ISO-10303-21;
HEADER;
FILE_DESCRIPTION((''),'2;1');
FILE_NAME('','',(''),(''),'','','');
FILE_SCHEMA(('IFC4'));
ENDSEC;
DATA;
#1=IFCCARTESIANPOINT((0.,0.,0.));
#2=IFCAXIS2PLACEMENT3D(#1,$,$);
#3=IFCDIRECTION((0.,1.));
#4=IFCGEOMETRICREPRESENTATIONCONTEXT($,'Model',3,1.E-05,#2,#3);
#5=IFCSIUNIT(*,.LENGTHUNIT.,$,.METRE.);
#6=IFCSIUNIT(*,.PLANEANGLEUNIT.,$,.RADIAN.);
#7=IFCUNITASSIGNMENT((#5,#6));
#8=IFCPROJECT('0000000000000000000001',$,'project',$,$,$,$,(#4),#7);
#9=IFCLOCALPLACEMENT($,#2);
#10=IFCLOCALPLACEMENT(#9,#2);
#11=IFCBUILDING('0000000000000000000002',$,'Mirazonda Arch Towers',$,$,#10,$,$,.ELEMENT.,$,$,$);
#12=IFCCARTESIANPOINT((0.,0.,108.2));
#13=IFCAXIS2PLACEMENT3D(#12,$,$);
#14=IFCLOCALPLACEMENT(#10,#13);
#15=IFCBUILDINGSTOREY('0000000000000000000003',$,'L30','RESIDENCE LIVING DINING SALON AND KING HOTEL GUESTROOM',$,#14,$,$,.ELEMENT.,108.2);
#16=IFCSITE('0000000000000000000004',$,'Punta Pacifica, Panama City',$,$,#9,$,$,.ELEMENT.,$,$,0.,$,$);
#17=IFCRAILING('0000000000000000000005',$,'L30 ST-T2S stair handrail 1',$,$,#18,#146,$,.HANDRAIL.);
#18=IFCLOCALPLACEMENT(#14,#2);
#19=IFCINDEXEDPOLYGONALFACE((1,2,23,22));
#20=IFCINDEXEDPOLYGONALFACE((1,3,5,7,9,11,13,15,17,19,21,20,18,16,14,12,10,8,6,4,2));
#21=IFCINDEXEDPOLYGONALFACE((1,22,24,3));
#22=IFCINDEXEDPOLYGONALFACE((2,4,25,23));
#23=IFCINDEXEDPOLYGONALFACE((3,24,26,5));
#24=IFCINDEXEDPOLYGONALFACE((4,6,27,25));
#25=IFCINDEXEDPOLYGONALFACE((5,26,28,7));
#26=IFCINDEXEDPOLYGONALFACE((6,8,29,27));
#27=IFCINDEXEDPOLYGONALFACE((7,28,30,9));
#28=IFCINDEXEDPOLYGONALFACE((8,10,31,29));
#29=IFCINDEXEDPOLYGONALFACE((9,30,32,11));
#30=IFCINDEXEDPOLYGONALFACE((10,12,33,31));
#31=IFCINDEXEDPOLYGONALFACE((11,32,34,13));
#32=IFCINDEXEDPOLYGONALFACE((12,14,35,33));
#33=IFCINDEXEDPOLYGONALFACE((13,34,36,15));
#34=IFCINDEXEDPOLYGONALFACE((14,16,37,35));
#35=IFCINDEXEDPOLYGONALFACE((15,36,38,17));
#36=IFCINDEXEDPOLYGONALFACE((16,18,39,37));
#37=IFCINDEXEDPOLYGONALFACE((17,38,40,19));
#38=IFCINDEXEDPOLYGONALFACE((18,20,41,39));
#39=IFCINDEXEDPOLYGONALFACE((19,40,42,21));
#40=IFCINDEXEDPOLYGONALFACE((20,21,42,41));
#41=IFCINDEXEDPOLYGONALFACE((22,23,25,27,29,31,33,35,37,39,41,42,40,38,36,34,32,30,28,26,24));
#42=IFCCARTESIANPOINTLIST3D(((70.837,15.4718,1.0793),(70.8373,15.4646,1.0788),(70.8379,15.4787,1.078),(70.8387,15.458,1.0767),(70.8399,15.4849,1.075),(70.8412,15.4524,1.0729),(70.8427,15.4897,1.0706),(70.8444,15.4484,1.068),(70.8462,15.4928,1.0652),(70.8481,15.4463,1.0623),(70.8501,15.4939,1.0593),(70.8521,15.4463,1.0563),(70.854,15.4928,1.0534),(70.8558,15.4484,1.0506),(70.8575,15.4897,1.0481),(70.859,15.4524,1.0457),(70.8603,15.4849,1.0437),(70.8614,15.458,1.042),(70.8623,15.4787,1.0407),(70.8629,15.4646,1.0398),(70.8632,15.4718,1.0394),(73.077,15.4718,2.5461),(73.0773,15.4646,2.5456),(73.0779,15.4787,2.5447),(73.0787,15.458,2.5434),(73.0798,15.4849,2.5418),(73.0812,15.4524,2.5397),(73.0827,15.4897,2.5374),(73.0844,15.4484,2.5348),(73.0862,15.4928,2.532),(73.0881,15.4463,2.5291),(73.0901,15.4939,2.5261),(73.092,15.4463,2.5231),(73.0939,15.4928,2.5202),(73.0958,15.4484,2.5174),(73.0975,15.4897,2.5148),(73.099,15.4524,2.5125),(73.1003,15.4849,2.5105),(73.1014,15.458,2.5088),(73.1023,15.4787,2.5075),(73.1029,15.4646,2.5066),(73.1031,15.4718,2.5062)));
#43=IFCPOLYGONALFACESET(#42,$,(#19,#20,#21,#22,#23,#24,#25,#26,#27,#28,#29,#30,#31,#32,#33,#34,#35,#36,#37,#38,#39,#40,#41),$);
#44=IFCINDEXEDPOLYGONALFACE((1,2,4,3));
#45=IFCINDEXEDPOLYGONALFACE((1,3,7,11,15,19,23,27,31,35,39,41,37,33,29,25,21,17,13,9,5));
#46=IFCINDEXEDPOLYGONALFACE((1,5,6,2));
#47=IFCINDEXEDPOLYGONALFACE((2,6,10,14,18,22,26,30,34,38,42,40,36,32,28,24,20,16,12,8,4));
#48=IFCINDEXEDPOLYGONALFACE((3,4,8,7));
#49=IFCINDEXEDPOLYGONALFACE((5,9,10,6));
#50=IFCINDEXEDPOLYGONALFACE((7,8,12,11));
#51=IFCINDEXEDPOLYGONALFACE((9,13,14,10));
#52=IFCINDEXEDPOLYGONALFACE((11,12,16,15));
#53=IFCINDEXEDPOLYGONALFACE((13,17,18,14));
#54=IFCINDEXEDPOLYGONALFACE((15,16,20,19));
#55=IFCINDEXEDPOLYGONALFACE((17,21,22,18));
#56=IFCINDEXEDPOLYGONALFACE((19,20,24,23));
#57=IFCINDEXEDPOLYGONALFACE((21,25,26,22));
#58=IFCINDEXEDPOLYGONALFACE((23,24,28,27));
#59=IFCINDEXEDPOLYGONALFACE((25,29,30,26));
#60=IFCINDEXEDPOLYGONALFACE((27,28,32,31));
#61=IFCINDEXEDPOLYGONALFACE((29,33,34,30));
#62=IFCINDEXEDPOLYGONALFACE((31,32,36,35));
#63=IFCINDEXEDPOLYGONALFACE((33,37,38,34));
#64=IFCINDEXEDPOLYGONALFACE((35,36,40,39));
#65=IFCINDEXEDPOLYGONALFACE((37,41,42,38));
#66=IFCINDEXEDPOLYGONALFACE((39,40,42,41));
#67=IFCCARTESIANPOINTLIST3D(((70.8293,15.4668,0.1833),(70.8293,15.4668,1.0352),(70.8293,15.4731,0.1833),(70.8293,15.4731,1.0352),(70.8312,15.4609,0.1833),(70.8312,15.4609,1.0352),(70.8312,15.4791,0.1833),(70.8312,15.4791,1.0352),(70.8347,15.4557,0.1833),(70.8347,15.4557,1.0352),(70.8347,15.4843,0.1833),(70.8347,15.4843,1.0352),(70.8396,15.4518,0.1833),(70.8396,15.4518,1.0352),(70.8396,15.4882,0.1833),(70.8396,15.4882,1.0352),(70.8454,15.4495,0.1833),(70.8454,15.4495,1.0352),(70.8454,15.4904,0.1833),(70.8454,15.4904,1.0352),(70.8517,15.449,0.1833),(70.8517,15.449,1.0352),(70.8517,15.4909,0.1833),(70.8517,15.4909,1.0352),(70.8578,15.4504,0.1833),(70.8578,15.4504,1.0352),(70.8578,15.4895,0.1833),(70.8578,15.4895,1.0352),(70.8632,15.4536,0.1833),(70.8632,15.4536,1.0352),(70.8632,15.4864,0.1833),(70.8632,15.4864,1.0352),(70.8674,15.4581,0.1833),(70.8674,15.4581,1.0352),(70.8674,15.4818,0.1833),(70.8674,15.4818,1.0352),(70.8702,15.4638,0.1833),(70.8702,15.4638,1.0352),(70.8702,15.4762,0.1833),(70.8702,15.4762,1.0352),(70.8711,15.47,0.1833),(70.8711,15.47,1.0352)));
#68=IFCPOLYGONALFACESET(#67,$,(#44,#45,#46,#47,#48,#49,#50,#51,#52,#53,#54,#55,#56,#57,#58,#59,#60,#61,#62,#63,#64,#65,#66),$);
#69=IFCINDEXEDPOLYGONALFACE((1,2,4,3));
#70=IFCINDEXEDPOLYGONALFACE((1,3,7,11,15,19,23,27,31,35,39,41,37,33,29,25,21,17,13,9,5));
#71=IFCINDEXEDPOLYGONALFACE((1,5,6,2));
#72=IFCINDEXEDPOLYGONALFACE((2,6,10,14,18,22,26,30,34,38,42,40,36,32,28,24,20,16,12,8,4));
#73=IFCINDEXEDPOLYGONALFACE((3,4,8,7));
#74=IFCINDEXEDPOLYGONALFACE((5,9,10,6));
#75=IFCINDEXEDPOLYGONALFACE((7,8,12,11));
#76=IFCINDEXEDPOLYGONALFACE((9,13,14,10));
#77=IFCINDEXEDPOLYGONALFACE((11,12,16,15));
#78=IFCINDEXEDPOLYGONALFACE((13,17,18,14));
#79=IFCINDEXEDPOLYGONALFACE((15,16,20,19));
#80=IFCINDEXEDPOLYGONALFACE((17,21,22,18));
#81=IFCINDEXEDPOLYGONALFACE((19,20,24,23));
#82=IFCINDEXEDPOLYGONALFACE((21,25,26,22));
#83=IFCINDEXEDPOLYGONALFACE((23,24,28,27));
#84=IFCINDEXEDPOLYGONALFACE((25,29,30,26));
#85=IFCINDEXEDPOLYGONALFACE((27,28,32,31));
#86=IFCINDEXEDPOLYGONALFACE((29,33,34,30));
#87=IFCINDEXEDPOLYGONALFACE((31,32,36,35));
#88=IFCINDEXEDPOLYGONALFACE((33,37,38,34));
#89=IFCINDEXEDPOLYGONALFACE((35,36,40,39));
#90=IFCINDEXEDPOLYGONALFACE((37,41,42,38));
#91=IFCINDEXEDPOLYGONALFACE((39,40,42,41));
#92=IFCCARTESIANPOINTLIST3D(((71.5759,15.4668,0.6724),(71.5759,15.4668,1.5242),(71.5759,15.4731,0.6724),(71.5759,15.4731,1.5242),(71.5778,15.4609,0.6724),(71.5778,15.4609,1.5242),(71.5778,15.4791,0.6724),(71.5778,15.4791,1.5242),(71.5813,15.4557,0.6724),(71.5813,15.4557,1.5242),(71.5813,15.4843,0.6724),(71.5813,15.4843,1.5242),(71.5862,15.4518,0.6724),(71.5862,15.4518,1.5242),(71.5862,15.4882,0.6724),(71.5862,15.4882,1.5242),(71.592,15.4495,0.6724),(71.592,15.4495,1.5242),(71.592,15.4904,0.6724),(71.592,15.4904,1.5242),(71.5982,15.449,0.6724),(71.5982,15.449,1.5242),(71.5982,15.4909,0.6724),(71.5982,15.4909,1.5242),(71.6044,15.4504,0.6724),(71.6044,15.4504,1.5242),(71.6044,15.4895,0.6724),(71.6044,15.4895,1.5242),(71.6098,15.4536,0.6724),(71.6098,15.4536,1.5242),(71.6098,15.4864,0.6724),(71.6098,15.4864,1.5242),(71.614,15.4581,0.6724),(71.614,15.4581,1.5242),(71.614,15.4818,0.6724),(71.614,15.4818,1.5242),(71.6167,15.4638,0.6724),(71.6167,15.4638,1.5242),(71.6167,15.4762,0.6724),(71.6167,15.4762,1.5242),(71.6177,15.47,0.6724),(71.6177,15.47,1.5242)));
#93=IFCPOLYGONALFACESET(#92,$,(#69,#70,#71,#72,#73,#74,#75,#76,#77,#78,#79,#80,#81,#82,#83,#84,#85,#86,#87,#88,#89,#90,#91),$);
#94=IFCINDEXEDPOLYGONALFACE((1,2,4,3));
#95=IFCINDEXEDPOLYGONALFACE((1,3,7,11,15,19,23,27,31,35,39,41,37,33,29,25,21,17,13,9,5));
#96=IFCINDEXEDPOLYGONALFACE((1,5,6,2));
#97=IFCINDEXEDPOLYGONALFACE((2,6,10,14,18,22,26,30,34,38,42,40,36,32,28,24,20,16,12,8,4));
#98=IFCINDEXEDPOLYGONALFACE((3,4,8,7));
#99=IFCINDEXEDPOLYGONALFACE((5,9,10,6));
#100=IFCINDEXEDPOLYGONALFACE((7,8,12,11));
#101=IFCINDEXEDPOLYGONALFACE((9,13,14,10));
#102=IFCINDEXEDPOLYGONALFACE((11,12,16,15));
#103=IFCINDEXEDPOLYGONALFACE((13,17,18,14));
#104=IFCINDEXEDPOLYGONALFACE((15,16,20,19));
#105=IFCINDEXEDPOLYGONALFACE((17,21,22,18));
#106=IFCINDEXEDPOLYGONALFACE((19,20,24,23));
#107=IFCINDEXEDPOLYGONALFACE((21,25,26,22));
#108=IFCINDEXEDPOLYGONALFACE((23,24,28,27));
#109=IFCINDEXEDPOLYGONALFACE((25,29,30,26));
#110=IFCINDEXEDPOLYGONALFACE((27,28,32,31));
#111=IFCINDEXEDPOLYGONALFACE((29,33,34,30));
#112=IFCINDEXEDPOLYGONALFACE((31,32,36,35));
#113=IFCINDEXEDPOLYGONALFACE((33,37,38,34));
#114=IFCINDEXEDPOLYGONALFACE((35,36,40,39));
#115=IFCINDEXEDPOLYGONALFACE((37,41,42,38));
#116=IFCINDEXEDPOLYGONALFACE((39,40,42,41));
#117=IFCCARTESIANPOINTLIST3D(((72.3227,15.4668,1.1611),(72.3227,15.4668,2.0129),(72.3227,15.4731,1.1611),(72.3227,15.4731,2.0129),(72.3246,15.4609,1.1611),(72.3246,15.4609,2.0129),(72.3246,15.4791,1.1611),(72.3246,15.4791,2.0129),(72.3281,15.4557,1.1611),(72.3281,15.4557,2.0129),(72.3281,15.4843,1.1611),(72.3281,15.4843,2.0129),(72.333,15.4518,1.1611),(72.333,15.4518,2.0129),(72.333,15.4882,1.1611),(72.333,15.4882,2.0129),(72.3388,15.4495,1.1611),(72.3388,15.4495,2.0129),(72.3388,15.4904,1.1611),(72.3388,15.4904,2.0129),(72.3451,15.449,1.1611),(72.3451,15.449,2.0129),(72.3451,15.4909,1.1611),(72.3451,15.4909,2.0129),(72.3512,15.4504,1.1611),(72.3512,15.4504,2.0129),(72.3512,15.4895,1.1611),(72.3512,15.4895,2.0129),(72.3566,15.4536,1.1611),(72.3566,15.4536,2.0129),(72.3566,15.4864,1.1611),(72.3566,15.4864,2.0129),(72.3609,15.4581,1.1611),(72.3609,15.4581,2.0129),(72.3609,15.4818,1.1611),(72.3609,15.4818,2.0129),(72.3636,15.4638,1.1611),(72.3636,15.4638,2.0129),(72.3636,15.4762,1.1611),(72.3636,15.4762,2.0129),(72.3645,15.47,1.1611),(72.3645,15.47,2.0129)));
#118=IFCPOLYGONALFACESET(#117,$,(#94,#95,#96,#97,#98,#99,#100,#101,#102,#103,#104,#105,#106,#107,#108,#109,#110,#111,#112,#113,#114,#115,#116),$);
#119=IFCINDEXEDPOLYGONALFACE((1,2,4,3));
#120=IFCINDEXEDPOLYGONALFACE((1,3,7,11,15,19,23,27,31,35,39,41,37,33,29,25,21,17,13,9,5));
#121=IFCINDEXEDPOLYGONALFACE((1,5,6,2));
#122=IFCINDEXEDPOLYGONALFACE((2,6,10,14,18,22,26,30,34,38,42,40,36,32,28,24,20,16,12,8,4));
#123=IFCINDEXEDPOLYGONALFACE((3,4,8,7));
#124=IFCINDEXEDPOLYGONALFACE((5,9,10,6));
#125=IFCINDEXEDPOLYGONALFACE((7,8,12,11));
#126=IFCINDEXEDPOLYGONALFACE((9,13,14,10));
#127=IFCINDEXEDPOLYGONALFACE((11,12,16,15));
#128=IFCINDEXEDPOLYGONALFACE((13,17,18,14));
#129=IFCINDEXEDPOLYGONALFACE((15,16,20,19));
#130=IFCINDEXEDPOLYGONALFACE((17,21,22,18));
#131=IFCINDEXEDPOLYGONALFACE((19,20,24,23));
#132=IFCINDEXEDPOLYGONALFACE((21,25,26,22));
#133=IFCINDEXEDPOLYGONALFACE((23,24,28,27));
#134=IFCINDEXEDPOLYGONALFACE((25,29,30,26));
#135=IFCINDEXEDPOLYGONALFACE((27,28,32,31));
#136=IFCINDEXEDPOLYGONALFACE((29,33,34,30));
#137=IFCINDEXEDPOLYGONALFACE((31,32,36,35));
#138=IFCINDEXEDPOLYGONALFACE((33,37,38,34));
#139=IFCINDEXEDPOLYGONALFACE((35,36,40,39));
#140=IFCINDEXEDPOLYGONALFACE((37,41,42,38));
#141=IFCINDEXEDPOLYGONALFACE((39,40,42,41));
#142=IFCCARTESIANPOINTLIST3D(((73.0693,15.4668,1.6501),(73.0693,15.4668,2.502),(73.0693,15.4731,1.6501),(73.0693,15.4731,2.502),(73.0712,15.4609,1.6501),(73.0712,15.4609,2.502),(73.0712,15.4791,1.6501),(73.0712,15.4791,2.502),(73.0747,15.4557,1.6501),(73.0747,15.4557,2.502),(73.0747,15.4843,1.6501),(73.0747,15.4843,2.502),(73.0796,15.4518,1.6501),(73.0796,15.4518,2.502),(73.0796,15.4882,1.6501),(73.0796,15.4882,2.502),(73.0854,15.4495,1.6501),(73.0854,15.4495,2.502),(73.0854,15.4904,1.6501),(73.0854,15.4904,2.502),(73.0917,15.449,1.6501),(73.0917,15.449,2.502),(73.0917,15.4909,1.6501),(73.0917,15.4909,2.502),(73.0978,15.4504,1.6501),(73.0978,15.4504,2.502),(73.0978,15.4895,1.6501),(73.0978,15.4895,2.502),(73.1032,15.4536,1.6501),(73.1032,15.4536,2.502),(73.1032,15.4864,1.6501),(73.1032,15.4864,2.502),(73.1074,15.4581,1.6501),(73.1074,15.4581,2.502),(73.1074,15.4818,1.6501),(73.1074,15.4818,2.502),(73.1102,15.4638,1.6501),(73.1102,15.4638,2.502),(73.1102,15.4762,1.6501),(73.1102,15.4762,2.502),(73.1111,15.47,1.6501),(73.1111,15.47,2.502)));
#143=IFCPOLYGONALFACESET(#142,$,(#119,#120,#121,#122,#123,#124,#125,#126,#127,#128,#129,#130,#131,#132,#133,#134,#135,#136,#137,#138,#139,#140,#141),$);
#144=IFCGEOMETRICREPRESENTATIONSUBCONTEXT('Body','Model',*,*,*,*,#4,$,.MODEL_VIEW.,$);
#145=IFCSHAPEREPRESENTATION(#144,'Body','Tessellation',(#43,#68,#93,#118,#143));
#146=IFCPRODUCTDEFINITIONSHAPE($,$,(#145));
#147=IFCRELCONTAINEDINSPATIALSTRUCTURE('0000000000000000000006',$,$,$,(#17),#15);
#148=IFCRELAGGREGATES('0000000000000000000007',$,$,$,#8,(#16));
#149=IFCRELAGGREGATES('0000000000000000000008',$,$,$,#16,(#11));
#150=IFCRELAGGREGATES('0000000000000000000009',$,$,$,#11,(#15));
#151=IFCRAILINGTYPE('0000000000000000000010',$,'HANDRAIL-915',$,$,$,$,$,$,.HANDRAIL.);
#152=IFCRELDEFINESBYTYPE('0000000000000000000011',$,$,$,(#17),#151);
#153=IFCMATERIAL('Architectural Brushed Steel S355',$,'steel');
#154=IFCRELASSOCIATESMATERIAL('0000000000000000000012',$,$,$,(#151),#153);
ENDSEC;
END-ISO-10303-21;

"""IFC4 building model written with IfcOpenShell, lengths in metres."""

from ifc_helpers import new_model, si_unit, direction, frame, origin, origin_2d, place, context, subcontext, project, spatial, circle, extrude, material, type_object, element, save


model = new_model("IFC4")

# Units and contexts
model_context = context("Model", 3, precision=1e-05, world=origin(), true_north=direction((0.0, 1.0)))
body_context = subcontext(model_context, "Body", "Model", "MODEL_VIEW")
ifc_project = project(units=[si_unit("LENGTHUNIT", "METRE"), si_unit("PLANEANGLEUNIT", "RADIAN")], contexts=[model_context])

# Site, building, storey
site_placement = place(None, origin())
site = spatial("IfcSite", under=ifc_project, at=site_placement, Name="Punta Pacifica, Panama City", CompositionType="ELEMENT", RefElevation=0.0)
building_placement = place(site_placement, origin())
building = spatial("IfcBuilding", under=site, at=building_placement, Name="Mirazonda Arch Towers", CompositionType="ELEMENT")
storey_placement = place(building_placement, frame((0.0, 0.0, 108.2)))
storey = spatial("IfcBuildingStorey", under=building, at=storey_placement, Name="L30", Description="RESIDENCE LIVING DINING SALON AND KING HOTEL GUESTROOM", CompositionType="ELEMENT", Elevation=108.2)

# Railing
ifc_material_1 = material(Name="Architectural Brushed Steel S355", Category="steel")
railing_type_1 = type_object("IfcRailingType", Name="HANDRAIL-915", PredefinedType="HANDRAIL", material=ifc_material_1)
railing_1_placement = place(storey_placement, frame((70.8501, 15.47, 0.1833)))
element("IfcRailing", 1, at=railing_1_placement, inside=storey, type_object=railing_type_1, Name="L30 ST-T2S stair handrail 1", PredefinedType="HANDRAIL", context=body_context, shape_type="SweptSolid", body=[
    extrude(circle(Radius=0.0239, at=origin_2d()), frame((0.0, 0.0, 0.876), z_axis=(0.836595, 0.0, 0.547822), x_axis=(0.0, 1.0, 0.0)), (0.0, 0.0, 1.0), 2.6775),
    extrude(circle(Radius=0.021, at=origin_2d()), origin(), (0.0, 0.0, 1.0), 0.8518),
    extrude(circle(Radius=0.021, at=origin_2d()), frame((0.7466, 0.0, 0.489)), (0.0, 0.0, 1.0), 0.8518),
    extrude(circle(Radius=0.021, at=origin_2d()), frame((1.4934, 0.0, 0.9778)), (0.0, 0.0, 1.0), 0.8518),
    extrude(circle(Radius=0.021, at=origin_2d()), frame((2.24, 0.0, 1.4668)), (0.0, 0.0, 1.0), 0.8518),
])

save(model, "model.ifc")
